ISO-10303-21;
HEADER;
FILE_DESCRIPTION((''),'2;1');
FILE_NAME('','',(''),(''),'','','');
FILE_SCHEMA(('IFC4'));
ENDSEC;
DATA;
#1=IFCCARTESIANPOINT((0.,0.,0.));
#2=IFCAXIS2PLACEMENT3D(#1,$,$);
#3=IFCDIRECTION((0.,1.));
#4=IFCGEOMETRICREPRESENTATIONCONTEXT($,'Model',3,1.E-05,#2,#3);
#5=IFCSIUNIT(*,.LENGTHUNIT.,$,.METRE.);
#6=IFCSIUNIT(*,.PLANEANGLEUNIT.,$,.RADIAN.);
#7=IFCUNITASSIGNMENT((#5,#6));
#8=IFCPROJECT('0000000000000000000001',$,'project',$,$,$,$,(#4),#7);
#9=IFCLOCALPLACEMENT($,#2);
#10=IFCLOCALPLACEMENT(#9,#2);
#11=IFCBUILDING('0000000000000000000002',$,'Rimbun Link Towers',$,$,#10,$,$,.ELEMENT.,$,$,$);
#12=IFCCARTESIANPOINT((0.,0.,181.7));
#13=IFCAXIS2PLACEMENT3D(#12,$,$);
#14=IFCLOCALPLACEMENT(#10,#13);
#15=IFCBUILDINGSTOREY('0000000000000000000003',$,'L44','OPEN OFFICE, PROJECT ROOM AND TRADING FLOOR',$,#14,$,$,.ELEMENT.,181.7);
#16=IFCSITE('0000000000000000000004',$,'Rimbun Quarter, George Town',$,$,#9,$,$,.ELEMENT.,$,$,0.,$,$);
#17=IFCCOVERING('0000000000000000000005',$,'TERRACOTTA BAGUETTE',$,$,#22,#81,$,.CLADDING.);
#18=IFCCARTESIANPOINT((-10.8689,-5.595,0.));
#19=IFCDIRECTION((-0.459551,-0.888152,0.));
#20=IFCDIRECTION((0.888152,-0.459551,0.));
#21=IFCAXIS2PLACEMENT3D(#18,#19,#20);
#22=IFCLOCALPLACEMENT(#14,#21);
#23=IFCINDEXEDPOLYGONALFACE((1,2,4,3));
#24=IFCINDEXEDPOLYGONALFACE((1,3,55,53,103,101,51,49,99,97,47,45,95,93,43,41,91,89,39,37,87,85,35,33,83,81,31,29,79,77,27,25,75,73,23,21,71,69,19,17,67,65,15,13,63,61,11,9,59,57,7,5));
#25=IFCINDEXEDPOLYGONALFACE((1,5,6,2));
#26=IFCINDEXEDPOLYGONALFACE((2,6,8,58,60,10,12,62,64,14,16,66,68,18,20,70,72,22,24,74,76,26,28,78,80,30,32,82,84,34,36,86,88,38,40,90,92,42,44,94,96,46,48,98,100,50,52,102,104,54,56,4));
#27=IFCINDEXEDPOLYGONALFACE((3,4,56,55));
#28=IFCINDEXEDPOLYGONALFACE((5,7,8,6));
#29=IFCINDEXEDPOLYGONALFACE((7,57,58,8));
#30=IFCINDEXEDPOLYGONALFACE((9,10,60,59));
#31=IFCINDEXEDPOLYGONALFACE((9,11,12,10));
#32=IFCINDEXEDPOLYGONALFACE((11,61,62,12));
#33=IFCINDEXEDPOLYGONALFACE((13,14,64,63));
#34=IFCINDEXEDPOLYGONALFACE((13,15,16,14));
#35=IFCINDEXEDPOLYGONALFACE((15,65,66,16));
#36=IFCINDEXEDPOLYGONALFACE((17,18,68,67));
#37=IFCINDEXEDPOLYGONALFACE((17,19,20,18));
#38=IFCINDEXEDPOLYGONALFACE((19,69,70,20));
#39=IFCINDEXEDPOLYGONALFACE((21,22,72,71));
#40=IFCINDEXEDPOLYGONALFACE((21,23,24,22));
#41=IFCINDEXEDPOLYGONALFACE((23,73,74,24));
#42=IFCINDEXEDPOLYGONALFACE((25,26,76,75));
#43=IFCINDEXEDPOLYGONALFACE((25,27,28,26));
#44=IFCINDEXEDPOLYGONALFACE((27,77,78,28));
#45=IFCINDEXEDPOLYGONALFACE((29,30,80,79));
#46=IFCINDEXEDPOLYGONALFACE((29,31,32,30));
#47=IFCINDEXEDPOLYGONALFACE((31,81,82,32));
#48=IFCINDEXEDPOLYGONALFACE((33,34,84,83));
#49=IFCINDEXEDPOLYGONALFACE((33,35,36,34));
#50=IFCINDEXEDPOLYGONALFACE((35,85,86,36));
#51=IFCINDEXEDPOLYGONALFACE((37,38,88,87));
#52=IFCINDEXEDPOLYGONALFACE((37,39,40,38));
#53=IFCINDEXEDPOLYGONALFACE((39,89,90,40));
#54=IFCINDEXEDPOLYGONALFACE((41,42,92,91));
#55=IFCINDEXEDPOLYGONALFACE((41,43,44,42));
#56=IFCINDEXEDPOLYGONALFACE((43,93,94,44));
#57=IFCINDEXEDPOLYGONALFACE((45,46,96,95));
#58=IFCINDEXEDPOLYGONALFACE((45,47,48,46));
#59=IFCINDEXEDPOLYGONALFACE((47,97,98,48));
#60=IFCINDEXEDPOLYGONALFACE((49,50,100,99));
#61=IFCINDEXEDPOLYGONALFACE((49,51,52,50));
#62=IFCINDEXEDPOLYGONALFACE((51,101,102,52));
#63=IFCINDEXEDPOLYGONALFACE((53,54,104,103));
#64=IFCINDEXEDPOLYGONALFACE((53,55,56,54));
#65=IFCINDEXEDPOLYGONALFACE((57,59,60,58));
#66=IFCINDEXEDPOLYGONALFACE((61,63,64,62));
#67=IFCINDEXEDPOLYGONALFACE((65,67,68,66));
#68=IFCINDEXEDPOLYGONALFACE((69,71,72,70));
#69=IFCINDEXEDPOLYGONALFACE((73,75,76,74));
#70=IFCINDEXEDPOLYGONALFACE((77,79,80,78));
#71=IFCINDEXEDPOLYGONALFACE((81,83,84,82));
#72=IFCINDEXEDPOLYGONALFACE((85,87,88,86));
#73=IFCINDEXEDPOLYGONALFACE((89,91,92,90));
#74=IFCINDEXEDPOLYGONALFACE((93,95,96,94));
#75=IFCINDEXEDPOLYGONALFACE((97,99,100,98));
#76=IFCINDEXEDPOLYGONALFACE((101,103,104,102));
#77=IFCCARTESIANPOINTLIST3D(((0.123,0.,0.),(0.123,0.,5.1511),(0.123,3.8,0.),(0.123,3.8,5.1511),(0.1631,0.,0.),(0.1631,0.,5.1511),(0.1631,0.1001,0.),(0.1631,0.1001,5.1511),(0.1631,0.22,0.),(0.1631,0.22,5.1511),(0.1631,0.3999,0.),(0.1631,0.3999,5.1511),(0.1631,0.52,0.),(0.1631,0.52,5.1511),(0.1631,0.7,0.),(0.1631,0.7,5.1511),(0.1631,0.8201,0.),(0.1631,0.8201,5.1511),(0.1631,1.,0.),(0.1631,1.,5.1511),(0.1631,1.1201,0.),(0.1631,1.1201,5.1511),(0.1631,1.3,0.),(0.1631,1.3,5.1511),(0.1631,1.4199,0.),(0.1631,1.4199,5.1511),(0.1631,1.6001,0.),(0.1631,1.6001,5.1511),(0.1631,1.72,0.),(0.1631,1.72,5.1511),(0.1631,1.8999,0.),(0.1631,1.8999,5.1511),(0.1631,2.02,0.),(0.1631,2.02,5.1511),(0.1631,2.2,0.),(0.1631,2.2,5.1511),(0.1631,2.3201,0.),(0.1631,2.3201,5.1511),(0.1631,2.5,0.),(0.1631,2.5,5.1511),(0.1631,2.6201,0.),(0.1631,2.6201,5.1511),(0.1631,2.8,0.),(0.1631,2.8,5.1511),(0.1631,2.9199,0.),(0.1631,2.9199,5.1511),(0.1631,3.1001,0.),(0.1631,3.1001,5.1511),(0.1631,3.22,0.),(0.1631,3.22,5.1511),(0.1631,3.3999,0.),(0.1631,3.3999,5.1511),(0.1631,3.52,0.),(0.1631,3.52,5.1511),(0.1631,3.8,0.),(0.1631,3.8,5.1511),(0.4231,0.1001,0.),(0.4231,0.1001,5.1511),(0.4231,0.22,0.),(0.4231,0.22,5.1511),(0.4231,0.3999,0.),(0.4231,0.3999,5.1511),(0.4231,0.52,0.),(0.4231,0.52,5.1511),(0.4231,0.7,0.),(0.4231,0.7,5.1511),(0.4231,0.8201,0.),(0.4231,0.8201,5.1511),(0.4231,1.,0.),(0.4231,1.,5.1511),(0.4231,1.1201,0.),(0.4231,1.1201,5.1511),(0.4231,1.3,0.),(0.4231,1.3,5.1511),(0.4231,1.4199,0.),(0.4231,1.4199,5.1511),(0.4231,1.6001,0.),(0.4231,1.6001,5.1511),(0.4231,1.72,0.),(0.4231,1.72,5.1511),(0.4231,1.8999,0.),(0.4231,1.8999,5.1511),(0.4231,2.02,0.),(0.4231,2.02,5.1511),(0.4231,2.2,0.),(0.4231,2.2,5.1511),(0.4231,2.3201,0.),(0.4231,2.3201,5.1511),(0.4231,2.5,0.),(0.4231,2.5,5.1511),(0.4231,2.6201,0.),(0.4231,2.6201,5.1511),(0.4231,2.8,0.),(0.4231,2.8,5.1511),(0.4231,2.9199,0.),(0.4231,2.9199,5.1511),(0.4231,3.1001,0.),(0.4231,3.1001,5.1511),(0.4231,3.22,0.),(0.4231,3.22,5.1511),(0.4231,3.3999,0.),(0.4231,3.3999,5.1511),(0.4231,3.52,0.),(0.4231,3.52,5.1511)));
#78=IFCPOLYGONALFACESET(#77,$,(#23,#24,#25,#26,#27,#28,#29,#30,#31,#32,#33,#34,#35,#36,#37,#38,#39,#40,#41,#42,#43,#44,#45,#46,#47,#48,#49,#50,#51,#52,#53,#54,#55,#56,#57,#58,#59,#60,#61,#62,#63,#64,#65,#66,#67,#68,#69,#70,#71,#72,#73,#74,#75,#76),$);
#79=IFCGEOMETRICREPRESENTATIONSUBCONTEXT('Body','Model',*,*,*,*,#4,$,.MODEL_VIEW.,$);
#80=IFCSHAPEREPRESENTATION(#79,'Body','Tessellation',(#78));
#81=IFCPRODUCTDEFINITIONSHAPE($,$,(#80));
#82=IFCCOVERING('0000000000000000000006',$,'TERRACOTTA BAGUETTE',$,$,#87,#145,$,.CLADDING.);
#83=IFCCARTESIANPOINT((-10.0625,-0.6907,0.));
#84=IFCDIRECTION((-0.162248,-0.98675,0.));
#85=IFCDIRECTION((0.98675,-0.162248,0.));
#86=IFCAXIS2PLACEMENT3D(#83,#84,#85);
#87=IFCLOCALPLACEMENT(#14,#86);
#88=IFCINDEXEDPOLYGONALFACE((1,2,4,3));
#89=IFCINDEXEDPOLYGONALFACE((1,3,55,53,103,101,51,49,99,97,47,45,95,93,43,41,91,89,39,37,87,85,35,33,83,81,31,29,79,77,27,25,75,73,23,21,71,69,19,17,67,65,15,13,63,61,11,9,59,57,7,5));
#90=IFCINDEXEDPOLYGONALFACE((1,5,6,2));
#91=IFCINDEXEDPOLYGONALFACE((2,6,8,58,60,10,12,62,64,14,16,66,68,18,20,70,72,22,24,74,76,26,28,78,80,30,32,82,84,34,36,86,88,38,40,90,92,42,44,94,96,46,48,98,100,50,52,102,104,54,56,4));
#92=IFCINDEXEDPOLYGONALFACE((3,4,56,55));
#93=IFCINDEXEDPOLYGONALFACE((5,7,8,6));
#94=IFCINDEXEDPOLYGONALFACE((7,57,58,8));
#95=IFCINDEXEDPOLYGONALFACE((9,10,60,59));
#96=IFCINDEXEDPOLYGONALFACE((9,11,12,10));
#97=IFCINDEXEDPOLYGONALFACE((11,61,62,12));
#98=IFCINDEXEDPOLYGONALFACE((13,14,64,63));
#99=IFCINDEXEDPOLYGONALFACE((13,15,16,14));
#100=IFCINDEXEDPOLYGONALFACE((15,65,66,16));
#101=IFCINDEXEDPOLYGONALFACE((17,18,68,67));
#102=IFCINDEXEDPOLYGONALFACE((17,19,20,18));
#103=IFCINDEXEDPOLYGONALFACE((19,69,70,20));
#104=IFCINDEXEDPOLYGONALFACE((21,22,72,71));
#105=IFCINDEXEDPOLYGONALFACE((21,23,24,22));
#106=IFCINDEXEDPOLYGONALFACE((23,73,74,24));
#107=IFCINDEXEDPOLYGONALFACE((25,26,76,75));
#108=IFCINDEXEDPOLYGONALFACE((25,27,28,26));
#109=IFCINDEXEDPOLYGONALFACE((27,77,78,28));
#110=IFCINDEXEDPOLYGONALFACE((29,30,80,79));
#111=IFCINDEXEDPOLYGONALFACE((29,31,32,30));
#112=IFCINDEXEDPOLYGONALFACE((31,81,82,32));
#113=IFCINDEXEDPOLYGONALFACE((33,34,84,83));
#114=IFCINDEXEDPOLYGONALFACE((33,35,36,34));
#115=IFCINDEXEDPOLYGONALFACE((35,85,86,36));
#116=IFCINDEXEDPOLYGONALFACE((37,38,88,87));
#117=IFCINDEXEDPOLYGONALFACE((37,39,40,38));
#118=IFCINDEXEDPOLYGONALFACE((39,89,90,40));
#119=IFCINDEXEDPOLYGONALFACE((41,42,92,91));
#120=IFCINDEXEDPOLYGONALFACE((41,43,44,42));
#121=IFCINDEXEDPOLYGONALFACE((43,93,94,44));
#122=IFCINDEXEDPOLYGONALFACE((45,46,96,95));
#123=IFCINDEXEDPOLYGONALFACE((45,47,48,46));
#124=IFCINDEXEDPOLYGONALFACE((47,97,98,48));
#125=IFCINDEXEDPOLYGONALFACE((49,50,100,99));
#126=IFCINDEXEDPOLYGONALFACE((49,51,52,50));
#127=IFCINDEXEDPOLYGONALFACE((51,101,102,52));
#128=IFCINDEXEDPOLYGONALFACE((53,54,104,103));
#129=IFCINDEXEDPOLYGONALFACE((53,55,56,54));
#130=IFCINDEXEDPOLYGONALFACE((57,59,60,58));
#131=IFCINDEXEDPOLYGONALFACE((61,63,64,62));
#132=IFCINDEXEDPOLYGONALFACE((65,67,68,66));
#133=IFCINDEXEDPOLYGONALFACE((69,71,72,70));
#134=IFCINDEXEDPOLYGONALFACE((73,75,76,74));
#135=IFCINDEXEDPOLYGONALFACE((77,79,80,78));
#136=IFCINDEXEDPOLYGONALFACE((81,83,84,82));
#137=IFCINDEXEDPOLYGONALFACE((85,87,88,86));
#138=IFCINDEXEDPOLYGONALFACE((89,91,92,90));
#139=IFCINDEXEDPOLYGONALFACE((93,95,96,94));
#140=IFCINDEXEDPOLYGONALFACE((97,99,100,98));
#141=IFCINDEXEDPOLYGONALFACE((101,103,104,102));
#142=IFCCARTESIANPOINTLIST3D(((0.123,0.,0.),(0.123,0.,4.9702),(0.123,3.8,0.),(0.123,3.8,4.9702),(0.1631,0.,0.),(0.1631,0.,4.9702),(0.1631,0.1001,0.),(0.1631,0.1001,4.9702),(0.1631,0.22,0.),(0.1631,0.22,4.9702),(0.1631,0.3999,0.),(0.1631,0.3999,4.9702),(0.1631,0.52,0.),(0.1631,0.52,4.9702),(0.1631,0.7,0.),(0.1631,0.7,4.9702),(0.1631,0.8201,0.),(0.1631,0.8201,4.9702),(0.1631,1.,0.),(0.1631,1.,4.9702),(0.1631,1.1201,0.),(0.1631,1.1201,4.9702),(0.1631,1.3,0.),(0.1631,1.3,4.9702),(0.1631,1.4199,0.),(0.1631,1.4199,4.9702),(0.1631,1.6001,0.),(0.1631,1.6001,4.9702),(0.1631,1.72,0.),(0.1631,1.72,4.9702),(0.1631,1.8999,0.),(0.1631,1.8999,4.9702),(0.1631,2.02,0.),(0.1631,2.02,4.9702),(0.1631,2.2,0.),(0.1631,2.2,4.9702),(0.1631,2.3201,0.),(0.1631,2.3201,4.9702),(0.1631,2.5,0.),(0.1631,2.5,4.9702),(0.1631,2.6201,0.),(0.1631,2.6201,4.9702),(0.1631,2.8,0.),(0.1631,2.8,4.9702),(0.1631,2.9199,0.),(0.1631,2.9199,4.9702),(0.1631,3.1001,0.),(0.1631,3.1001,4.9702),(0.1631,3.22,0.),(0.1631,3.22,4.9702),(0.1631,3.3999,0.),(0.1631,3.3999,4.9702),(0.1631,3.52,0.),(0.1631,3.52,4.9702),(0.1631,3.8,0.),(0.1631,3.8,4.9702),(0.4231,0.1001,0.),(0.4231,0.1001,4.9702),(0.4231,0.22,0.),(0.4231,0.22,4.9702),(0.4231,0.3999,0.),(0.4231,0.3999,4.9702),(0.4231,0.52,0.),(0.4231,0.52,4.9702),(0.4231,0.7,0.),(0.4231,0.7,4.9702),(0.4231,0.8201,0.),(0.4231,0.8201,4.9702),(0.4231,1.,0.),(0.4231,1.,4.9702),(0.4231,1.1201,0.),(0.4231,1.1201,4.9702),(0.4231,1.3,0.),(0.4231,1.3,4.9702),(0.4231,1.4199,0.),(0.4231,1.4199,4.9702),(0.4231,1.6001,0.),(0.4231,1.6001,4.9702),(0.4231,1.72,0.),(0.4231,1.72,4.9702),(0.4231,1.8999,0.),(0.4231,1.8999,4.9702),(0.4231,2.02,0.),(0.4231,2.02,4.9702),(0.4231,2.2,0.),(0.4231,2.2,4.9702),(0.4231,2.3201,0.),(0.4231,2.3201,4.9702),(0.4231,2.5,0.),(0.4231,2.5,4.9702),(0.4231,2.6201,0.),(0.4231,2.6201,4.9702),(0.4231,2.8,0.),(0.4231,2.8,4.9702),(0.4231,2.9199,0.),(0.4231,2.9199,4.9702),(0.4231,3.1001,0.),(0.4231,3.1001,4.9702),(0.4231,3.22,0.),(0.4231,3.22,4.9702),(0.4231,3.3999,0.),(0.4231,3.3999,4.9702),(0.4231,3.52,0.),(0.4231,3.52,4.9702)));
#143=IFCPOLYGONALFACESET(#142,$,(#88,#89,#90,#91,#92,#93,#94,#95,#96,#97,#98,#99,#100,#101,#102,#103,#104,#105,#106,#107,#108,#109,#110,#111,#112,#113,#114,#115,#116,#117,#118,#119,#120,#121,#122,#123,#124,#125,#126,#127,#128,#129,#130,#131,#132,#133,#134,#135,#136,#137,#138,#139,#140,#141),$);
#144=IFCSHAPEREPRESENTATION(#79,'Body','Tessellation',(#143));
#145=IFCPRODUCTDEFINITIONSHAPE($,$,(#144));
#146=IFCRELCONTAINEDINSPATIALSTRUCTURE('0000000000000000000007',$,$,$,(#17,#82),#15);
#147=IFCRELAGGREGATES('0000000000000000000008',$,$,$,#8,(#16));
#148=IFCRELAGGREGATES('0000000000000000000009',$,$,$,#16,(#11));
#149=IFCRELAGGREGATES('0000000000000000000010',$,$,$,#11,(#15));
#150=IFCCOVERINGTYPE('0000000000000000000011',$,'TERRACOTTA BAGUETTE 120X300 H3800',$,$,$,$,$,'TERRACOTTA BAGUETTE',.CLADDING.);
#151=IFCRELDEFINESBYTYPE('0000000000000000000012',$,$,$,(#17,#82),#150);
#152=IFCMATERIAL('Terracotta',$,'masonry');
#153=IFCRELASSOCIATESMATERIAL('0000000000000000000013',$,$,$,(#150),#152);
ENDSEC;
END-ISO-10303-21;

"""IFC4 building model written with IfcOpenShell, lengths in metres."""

from ifc_helpers import new_model, si_unit, direction, frame, origin, place, context, subcontext, project, spatial, polyline, outline, extrude, material, material_profile, profile_set, type_object, element, save


model = new_model("IFC4")

# Units and contexts
model_context = context("Model", 3, precision=1e-05, world=origin(), true_north=direction((0.0, 1.0)))
body_context = subcontext(model_context, "Body", "Model", "MODEL_VIEW")
ifc_project = project(units=[si_unit("LENGTHUNIT", "METRE"), si_unit("PLANEANGLEUNIT", "RADIAN")], contexts=[model_context])

# Site, building, storey
site_placement = place(None, origin())
site = spatial("IfcSite", under=ifc_project, at=site_placement, Name="Rimbun Quarter, George Town", CompositionType="ELEMENT", RefElevation=0.0)
building_placement = place(site_placement, origin())
building = spatial("IfcBuilding", under=site, at=building_placement, Name="Rimbun Link Towers", CompositionType="ELEMENT")
storey_placement = place(building_placement, frame((0.0, 0.0, 181.7)))
storey = spatial("IfcBuildingStorey", under=building, at=storey_placement, Name="L44", Description="OPEN OFFICE, PROJECT ROOM AND TRADING FLOOR", CompositionType="ELEMENT", Elevation=181.7)

# Coverings
ifc_material_1 = material(Name="Terracotta", Category="masonry")
ifc_material_profile_1 = material_profile(ifc_material_1, outline(polyline([(0.123, 0.0), (0.1631, 0.0), (0.1631, 0.1001), (0.4231, 0.1001), (0.4231, 0.22), (0.1631, 0.22), (0.1631, 0.3999), (0.4231, 0.3999), (0.4231, 0.52), (0.1631, 0.52), (0.1631, 0.7), (0.4231, 0.7), (0.4231, 0.8201), (0.1631, 0.8201), (0.1631, 1.0), (0.4231, 1.0), (0.4231, 1.1201), (0.1631, 1.1201), (0.1631, 1.3), (0.4231, 1.3), (0.4231, 1.4199), (0.1631, 1.4199), (0.1631, 1.6001), (0.4231, 1.6001), (0.4231, 1.72), (0.1631, 1.72), (0.1631, 1.8999), (0.4231, 1.8999), (0.4231, 2.02), (0.1631, 2.02), (0.1631, 2.2), (0.4231, 2.2), (0.4231, 2.3201), (0.1631, 2.3201), (0.1631, 2.5), (0.4231, 2.5), (0.4231, 2.6201), (0.1631, 2.6201), (0.1631, 2.8), (0.4231, 2.8), (0.4231, 2.9199), (0.1631, 2.9199), (0.1631, 3.1001), (0.4231, 3.1001), (0.4231, 3.22), (0.1631, 3.22), (0.1631, 3.3999), (0.4231, 3.3999), (0.4231, 3.52), (0.1631, 3.52), (0.1631, 3.8), (0.123, 3.8), (0.123, 0.0)])), Name="BAGUETTE 120X300")
ifc_profile_set_1 = profile_set([ifc_material_profile_1], Name="Terracotta")
covering_type = type_object("IfcCoveringType", Name="TERRACOTTA BAGUETTE 120X300 H3800", ElementType="TERRACOTTA BAGUETTE", PredefinedType="CLADDING", material=ifc_profile_set_1)
for number, where, z_axis, x_axis, name in (
    (1, (-10.8689, -5.595, 0.0), (-0.459551, -0.888152, 0.0), (0.888152, -0.459551, 0.0), "TERRACOTTA BAGUETTE"),
):
    element("IfcCovering", number, at=place(storey_placement, frame(where, z_axis=z_axis, x_axis=x_axis)), inside=storey, type_object=covering_type, Name=name, PredefinedType="CLADDING", context=body_context, shape_type="SweptSolid", body=[
        extrude(outline(polyline([(0.123, 0.0), (0.1631, 0.0), (0.1631, 0.1001), (0.4231, 0.1001), (0.4231, 0.22), (0.1631, 0.22), (0.1631, 0.3999), (0.4231, 0.3999), (0.4231, 0.52), (0.1631, 0.52), (0.1631, 0.7), (0.4231, 0.7), (0.4231, 0.8201), (0.1631, 0.8201), (0.1631, 1.0), (0.4231, 1.0), (0.4231, 1.1201), (0.1631, 1.1201), (0.1631, 1.3), (0.4231, 1.3), (0.4231, 1.4199), (0.1631, 1.4199), (0.1631, 1.6001), (0.4231, 1.6001), (0.4231, 1.72), (0.1631, 1.72), (0.1631, 1.8999), (0.4231, 1.8999), (0.4231, 2.02), (0.1631, 2.02), (0.1631, 2.2), (0.4231, 2.2), (0.4231, 2.3201), (0.1631, 2.3201), (0.1631, 2.5), (0.4231, 2.5), (0.4231, 2.6201), (0.1631, 2.6201), (0.1631, 2.8), (0.4231, 2.8), (0.4231, 2.9199), (0.1631, 2.9199), (0.1631, 3.1001), (0.4231, 3.1001), (0.4231, 3.22), (0.1631, 3.22), (0.1631, 3.3999), (0.4231, 3.3999), (0.4231, 3.52), (0.1631, 3.52), (0.1631, 3.8), (0.123, 3.8), (0.123, 0.0)])), origin(), (0.0, 0.0, 1.0), 5.1511),
    ])
covering_1_placement = place(storey_placement, frame((-10.0625, -0.6907, 0.0), z_axis=(-0.162248, -0.98675, 0.0), x_axis=(0.98675, -0.162248, 0.0)))
element("IfcCovering", 2, at=covering_1_placement, inside=storey, type_object=covering_type, Name="TERRACOTTA BAGUETTE", PredefinedType="CLADDING", context=body_context, shape_type="SweptSolid", body=[
    extrude(outline(polyline([(0.123, 0.0), (0.1631, 0.0), (0.1631, 0.1001), (0.4231, 0.1001), (0.4231, 0.22), (0.1631, 0.22), (0.1631, 0.3999), (0.4231, 0.3999), (0.4231, 0.52), (0.1631, 0.52), (0.1631, 0.7), (0.4231, 0.7), (0.4231, 0.8201), (0.1631, 0.8201), (0.1631, 1.0), (0.4231, 1.0), (0.4231, 1.1201), (0.1631, 1.1201), (0.1631, 1.3), (0.4231, 1.3), (0.4231, 1.4199), (0.1631, 1.4199), (0.1631, 1.6001), (0.4231, 1.6001), (0.4231, 1.72), (0.1631, 1.72), (0.1631, 1.8999), (0.4231, 1.8999), (0.4231, 2.02), (0.1631, 2.02), (0.1631, 2.2), (0.4231, 2.2), (0.4231, 2.3201), (0.1631, 2.3201), (0.1631, 2.5), (0.4231, 2.5), (0.4231, 2.6201), (0.1631, 2.6201), (0.1631, 2.8), (0.4231, 2.8), (0.4231, 2.9199), (0.1631, 2.9199), (0.1631, 3.1001), (0.4231, 3.1001), (0.4231, 3.22), (0.1631, 3.22), (0.1631, 3.3999), (0.4231, 3.3999), (0.4231, 3.52), (0.1631, 3.52), (0.1631, 3.8), (0.123, 3.8), (0.123, 0.0)])), origin(), (0.0, 0.0, 1.0), 4.9702),
])

save(model, "model.ifc")
